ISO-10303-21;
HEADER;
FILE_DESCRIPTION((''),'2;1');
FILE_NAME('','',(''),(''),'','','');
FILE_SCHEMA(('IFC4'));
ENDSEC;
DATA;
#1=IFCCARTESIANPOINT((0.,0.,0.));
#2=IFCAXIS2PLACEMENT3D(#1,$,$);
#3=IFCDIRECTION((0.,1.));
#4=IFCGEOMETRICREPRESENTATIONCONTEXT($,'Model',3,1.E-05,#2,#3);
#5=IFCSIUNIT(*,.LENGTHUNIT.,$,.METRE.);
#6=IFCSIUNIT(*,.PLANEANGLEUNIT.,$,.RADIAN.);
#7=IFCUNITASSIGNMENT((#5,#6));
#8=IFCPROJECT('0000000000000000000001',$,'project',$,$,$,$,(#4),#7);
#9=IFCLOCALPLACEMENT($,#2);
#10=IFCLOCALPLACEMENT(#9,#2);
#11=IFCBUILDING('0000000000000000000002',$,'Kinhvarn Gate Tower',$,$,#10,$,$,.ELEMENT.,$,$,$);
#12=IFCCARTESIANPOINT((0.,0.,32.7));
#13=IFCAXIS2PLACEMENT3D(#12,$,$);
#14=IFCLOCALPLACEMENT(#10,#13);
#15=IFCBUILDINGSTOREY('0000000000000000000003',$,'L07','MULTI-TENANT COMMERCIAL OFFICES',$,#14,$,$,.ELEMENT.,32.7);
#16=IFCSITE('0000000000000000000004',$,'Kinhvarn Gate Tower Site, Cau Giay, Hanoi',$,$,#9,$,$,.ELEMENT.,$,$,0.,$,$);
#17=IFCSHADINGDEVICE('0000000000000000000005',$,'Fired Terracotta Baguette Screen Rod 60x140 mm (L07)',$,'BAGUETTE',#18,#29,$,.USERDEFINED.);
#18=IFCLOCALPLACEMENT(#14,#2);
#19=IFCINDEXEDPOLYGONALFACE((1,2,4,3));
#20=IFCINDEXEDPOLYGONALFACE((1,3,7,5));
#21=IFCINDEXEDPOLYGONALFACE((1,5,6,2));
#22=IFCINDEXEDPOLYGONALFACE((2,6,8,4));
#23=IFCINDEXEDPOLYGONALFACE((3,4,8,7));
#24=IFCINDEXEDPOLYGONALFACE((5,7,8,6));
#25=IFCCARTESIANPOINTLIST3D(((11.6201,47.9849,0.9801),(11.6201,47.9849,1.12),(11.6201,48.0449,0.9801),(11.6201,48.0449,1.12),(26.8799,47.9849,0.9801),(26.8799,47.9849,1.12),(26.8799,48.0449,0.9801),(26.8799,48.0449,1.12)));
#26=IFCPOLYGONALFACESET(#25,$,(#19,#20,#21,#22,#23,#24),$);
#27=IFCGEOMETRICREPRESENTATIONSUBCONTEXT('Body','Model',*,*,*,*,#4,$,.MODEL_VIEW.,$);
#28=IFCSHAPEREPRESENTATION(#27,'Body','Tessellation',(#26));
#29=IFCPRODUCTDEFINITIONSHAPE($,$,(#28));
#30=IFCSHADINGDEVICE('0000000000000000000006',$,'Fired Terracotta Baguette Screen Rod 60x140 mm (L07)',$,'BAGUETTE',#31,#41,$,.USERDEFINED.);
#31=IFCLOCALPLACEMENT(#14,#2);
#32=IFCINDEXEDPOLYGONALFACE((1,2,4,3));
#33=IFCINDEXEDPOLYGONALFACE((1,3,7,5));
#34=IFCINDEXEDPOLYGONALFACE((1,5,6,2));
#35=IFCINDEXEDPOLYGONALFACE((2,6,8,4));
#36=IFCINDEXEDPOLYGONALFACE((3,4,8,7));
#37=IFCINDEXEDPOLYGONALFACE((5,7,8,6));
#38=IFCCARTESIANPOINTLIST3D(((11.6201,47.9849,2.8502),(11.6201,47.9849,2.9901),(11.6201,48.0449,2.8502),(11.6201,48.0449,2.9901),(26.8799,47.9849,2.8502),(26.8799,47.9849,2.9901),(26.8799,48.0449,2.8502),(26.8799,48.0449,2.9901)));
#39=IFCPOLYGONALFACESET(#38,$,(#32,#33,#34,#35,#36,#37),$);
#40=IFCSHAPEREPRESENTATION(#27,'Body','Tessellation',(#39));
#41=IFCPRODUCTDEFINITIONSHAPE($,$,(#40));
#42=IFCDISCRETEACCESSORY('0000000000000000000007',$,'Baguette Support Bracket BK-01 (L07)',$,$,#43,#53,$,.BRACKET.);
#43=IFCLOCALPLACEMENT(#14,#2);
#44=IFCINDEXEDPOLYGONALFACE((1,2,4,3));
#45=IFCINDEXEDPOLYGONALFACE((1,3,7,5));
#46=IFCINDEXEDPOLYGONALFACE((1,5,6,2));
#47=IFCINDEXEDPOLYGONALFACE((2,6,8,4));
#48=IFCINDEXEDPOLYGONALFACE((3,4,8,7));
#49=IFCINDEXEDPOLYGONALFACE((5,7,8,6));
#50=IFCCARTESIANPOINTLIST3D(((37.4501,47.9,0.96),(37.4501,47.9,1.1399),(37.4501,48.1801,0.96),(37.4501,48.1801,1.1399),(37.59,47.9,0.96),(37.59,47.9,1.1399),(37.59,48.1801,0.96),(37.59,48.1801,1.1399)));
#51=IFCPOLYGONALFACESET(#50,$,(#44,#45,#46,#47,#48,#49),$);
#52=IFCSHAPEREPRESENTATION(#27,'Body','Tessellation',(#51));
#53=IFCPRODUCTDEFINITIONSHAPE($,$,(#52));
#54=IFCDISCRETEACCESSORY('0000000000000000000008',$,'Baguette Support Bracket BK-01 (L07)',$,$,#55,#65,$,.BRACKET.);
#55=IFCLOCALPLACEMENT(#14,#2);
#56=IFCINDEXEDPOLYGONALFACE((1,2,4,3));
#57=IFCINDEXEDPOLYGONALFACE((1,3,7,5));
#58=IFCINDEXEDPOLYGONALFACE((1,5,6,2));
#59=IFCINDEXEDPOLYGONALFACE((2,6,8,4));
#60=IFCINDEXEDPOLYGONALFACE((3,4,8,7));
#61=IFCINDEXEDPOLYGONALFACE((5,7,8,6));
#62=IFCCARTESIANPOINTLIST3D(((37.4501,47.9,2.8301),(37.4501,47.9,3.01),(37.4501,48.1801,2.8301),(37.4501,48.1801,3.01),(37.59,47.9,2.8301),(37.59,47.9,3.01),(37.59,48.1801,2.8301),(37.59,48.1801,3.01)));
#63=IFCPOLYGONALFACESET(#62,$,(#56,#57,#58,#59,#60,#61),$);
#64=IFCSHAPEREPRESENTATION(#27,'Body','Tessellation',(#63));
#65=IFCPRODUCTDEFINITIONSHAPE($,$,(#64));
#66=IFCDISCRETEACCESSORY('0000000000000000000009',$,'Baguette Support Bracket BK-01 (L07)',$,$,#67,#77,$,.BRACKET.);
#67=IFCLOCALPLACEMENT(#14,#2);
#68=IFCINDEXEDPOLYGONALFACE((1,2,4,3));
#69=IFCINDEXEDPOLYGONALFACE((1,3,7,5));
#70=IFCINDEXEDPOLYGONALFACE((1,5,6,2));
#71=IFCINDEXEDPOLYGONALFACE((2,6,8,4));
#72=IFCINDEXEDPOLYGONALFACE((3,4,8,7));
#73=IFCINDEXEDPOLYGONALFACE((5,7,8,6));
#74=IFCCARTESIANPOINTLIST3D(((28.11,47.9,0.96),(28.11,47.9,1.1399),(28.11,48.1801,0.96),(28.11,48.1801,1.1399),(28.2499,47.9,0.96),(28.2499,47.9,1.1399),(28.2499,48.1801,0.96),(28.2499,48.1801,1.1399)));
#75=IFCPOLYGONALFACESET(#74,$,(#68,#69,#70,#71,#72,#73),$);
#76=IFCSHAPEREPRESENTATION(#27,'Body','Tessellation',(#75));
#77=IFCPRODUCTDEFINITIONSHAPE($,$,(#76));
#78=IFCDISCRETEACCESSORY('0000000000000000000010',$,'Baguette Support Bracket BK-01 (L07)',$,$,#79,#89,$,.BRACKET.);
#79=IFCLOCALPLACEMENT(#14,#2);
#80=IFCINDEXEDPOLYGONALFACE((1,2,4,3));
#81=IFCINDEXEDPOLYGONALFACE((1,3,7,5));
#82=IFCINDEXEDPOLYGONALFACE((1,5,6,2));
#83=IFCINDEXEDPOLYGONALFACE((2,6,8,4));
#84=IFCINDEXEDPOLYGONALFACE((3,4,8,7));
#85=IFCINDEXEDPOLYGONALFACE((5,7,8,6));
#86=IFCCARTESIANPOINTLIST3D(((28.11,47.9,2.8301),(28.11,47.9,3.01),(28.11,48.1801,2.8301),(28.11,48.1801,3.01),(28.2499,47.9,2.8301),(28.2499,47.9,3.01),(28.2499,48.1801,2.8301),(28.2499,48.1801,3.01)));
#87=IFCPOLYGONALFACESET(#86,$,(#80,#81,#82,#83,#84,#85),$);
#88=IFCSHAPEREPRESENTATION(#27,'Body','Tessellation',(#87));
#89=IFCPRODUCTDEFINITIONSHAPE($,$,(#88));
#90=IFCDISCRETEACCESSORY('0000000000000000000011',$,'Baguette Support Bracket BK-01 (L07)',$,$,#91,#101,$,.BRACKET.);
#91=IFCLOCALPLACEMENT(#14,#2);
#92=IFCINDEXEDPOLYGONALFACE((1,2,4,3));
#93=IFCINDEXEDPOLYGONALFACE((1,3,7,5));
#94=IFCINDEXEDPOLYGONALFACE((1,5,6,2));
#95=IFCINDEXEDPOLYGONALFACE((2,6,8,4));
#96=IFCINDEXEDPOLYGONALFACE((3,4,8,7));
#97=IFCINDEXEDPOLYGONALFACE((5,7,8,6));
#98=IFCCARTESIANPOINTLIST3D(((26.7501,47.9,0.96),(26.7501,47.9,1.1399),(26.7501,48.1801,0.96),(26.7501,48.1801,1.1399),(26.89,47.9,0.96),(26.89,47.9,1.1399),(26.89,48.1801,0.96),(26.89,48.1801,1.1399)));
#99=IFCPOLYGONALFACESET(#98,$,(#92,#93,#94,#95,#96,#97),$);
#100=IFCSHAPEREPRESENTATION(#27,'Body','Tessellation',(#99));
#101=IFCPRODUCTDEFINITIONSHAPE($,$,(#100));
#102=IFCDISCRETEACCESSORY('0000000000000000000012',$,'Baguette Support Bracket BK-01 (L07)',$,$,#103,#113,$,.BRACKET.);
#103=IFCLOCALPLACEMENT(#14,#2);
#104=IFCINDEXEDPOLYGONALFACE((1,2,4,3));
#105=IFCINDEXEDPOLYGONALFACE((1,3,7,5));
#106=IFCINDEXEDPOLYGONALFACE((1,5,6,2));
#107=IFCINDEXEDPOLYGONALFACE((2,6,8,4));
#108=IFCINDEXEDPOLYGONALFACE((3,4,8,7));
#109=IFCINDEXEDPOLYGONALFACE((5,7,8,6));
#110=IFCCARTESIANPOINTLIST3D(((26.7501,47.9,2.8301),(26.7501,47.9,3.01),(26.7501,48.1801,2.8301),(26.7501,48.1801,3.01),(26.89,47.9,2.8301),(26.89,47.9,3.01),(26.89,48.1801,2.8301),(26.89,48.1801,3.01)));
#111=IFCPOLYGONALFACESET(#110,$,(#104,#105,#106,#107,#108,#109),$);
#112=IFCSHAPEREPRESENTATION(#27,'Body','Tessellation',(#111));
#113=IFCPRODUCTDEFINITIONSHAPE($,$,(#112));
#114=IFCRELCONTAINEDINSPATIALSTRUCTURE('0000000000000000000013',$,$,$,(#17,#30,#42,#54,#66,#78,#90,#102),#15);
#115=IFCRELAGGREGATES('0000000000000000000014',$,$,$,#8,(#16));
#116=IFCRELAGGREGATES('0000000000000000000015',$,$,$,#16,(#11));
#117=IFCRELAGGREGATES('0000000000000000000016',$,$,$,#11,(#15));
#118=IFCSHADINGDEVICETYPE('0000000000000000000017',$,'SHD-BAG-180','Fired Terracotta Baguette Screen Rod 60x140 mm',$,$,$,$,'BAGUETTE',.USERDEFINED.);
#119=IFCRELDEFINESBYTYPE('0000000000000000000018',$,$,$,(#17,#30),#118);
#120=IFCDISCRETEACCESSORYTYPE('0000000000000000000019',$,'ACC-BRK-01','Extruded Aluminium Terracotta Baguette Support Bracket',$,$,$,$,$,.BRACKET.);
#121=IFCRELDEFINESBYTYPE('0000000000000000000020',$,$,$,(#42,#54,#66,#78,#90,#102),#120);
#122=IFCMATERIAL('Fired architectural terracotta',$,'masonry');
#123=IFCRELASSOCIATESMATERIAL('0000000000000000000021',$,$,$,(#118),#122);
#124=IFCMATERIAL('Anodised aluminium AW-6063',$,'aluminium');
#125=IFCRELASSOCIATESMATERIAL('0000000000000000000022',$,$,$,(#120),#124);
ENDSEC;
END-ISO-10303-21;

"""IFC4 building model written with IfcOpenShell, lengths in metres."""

from ifc_helpers import new_model, si_unit, direction, frame, origin, origin_2d, place, context, subcontext, project, spatial, rectangle, extrude, material, material_profile, profile_set, type_object, element, save


model = new_model("IFC4")

# Units and contexts
model_context = context("Model", 3, precision=1e-05, world=origin(), true_north=direction((0.0, 1.0)))
body_context = subcontext(model_context, "Body", "Model", "MODEL_VIEW")
ifc_project = project(units=[si_unit("LENGTHUNIT", "METRE"), si_unit("PLANEANGLEUNIT", "RADIAN")], contexts=[model_context])

# Site, building, storey
site_placement = place(None, origin())
site = spatial("IfcSite", under=ifc_project, at=site_placement, Name="Kinhvarn Gate Tower Site, Cau Giay, Hanoi", CompositionType="ELEMENT", RefElevation=0.0)
building_placement = place(site_placement, origin())
building = spatial("IfcBuilding", under=site, at=building_placement, Name="Kinhvarn Gate Tower", CompositionType="ELEMENT")
storey_placement = place(building_placement, frame((0.0, 0.0, 32.7)))
storey = spatial("IfcBuildingStorey", under=building, at=storey_placement, Name="L07", Description="MULTI-TENANT COMMERCIAL OFFICES", CompositionType="ELEMENT", Elevation=32.7)

# Shared definitions
ifc_material_1 = material(Name="Anodised aluminium AW-6063", Category="aluminium")

# Shading devices
ifc_material_2 = material(Name="Fired architectural terracotta", Category="masonry")
ifc_material_profile_1 = material_profile(ifc_material_2, rectangle(XDim=0.0601, YDim=0.1399, at=origin_2d()), Name="TC 60x140")
ifc_profile_set_1 = profile_set([ifc_material_profile_1], Name="Fired architectural terracotta")
shading_device_type = type_object("IfcShadingDeviceType", Name="SHD-BAG-180", Description="Fired Terracotta Baguette Screen Rod 60x140 mm", ElementType="BAGUETTE", PredefinedType="USERDEFINED", material=ifc_profile_set_1)
for number, where, z_axis, x_axis, name in (
    (1, (26.8799, 48.0149, 1.05), (-1.0, 0.0, 0.0), (0.0, -1.0, 0.0), "Fired Terracotta Baguette Screen Rod 60x140 mm (L07)"),
    (2, (26.8799, 48.0149, 2.9202), (-1.0, 0.0, 0.0), (0.0, -1.0, 0.0), "Fired Terracotta Baguette Screen Rod 60x140 mm (L07)"),
):
    element("IfcShadingDevice", number, at=place(storey_placement, frame(where, z_axis=z_axis, x_axis=x_axis)), inside=storey, type_object=shading_device_type, Name=name, ObjectType="BAGUETTE", PredefinedType="USERDEFINED", context=body_context, shape_type="SweptSolid", body=[
        extrude(rectangle(XDim=0.0601, YDim=0.1399, at=origin_2d()), origin(), (0.0, 0.0, 1.0), 15.2598),
    ])

# Discrete accessories
discrete_accessory_type = type_object("IfcDiscreteAccessoryType", Name="ACC-BRK-01", Description="Extruded Aluminium Terracotta Baguette Support Bracket", PredefinedType="BRACKET", material=ifc_material_1)
for number, where, z_axis, x_axis, name in (
    (3, (37.52, 48.04, 0.96), (0.0, 0.0, 1.0), (-1.0, 0.0, 0.0), "Baguette Support Bracket BK-01 (L07)"),
    (4, (37.52, 48.04, 2.8301), (0.0, 0.0, 1.0), (-1.0, 0.0, 0.0), "Baguette Support Bracket BK-01 (L07)"),
    (5, (28.1799, 48.04, 0.96), (0.0, 0.0, 1.0), (-1.0, 0.0, 0.0), "Baguette Support Bracket BK-01 (L07)"),
    (6, (28.1799, 48.04, 2.8301), (0.0, 0.0, 1.0), (-1.0, 0.0, 0.0), "Baguette Support Bracket BK-01 (L07)"),
    (7, (26.8201, 48.04, 0.96), (0.0, 0.0, 1.0), (-1.0, 0.0, 0.0), "Baguette Support Bracket BK-01 (L07)"),
    (8, (26.8201, 48.04, 2.8301), (0.0, 0.0, 1.0), (-1.0, 0.0, 0.0), "Baguette Support Bracket BK-01 (L07)"),
):
    element("IfcDiscreteAccessory", number, at=place(storey_placement, frame(where, z_axis=z_axis, x_axis=x_axis)), inside=storey, type_object=discrete_accessory_type, Name=name, PredefinedType="BRACKET", context=body_context, shape_type="SweptSolid", body=[
        extrude(rectangle(XDim=0.1399, YDim=0.28, at=origin_2d()), origin(), (0.0, 0.0, 1.0), 0.1799),
    ])

save(model, "model.ifc")
